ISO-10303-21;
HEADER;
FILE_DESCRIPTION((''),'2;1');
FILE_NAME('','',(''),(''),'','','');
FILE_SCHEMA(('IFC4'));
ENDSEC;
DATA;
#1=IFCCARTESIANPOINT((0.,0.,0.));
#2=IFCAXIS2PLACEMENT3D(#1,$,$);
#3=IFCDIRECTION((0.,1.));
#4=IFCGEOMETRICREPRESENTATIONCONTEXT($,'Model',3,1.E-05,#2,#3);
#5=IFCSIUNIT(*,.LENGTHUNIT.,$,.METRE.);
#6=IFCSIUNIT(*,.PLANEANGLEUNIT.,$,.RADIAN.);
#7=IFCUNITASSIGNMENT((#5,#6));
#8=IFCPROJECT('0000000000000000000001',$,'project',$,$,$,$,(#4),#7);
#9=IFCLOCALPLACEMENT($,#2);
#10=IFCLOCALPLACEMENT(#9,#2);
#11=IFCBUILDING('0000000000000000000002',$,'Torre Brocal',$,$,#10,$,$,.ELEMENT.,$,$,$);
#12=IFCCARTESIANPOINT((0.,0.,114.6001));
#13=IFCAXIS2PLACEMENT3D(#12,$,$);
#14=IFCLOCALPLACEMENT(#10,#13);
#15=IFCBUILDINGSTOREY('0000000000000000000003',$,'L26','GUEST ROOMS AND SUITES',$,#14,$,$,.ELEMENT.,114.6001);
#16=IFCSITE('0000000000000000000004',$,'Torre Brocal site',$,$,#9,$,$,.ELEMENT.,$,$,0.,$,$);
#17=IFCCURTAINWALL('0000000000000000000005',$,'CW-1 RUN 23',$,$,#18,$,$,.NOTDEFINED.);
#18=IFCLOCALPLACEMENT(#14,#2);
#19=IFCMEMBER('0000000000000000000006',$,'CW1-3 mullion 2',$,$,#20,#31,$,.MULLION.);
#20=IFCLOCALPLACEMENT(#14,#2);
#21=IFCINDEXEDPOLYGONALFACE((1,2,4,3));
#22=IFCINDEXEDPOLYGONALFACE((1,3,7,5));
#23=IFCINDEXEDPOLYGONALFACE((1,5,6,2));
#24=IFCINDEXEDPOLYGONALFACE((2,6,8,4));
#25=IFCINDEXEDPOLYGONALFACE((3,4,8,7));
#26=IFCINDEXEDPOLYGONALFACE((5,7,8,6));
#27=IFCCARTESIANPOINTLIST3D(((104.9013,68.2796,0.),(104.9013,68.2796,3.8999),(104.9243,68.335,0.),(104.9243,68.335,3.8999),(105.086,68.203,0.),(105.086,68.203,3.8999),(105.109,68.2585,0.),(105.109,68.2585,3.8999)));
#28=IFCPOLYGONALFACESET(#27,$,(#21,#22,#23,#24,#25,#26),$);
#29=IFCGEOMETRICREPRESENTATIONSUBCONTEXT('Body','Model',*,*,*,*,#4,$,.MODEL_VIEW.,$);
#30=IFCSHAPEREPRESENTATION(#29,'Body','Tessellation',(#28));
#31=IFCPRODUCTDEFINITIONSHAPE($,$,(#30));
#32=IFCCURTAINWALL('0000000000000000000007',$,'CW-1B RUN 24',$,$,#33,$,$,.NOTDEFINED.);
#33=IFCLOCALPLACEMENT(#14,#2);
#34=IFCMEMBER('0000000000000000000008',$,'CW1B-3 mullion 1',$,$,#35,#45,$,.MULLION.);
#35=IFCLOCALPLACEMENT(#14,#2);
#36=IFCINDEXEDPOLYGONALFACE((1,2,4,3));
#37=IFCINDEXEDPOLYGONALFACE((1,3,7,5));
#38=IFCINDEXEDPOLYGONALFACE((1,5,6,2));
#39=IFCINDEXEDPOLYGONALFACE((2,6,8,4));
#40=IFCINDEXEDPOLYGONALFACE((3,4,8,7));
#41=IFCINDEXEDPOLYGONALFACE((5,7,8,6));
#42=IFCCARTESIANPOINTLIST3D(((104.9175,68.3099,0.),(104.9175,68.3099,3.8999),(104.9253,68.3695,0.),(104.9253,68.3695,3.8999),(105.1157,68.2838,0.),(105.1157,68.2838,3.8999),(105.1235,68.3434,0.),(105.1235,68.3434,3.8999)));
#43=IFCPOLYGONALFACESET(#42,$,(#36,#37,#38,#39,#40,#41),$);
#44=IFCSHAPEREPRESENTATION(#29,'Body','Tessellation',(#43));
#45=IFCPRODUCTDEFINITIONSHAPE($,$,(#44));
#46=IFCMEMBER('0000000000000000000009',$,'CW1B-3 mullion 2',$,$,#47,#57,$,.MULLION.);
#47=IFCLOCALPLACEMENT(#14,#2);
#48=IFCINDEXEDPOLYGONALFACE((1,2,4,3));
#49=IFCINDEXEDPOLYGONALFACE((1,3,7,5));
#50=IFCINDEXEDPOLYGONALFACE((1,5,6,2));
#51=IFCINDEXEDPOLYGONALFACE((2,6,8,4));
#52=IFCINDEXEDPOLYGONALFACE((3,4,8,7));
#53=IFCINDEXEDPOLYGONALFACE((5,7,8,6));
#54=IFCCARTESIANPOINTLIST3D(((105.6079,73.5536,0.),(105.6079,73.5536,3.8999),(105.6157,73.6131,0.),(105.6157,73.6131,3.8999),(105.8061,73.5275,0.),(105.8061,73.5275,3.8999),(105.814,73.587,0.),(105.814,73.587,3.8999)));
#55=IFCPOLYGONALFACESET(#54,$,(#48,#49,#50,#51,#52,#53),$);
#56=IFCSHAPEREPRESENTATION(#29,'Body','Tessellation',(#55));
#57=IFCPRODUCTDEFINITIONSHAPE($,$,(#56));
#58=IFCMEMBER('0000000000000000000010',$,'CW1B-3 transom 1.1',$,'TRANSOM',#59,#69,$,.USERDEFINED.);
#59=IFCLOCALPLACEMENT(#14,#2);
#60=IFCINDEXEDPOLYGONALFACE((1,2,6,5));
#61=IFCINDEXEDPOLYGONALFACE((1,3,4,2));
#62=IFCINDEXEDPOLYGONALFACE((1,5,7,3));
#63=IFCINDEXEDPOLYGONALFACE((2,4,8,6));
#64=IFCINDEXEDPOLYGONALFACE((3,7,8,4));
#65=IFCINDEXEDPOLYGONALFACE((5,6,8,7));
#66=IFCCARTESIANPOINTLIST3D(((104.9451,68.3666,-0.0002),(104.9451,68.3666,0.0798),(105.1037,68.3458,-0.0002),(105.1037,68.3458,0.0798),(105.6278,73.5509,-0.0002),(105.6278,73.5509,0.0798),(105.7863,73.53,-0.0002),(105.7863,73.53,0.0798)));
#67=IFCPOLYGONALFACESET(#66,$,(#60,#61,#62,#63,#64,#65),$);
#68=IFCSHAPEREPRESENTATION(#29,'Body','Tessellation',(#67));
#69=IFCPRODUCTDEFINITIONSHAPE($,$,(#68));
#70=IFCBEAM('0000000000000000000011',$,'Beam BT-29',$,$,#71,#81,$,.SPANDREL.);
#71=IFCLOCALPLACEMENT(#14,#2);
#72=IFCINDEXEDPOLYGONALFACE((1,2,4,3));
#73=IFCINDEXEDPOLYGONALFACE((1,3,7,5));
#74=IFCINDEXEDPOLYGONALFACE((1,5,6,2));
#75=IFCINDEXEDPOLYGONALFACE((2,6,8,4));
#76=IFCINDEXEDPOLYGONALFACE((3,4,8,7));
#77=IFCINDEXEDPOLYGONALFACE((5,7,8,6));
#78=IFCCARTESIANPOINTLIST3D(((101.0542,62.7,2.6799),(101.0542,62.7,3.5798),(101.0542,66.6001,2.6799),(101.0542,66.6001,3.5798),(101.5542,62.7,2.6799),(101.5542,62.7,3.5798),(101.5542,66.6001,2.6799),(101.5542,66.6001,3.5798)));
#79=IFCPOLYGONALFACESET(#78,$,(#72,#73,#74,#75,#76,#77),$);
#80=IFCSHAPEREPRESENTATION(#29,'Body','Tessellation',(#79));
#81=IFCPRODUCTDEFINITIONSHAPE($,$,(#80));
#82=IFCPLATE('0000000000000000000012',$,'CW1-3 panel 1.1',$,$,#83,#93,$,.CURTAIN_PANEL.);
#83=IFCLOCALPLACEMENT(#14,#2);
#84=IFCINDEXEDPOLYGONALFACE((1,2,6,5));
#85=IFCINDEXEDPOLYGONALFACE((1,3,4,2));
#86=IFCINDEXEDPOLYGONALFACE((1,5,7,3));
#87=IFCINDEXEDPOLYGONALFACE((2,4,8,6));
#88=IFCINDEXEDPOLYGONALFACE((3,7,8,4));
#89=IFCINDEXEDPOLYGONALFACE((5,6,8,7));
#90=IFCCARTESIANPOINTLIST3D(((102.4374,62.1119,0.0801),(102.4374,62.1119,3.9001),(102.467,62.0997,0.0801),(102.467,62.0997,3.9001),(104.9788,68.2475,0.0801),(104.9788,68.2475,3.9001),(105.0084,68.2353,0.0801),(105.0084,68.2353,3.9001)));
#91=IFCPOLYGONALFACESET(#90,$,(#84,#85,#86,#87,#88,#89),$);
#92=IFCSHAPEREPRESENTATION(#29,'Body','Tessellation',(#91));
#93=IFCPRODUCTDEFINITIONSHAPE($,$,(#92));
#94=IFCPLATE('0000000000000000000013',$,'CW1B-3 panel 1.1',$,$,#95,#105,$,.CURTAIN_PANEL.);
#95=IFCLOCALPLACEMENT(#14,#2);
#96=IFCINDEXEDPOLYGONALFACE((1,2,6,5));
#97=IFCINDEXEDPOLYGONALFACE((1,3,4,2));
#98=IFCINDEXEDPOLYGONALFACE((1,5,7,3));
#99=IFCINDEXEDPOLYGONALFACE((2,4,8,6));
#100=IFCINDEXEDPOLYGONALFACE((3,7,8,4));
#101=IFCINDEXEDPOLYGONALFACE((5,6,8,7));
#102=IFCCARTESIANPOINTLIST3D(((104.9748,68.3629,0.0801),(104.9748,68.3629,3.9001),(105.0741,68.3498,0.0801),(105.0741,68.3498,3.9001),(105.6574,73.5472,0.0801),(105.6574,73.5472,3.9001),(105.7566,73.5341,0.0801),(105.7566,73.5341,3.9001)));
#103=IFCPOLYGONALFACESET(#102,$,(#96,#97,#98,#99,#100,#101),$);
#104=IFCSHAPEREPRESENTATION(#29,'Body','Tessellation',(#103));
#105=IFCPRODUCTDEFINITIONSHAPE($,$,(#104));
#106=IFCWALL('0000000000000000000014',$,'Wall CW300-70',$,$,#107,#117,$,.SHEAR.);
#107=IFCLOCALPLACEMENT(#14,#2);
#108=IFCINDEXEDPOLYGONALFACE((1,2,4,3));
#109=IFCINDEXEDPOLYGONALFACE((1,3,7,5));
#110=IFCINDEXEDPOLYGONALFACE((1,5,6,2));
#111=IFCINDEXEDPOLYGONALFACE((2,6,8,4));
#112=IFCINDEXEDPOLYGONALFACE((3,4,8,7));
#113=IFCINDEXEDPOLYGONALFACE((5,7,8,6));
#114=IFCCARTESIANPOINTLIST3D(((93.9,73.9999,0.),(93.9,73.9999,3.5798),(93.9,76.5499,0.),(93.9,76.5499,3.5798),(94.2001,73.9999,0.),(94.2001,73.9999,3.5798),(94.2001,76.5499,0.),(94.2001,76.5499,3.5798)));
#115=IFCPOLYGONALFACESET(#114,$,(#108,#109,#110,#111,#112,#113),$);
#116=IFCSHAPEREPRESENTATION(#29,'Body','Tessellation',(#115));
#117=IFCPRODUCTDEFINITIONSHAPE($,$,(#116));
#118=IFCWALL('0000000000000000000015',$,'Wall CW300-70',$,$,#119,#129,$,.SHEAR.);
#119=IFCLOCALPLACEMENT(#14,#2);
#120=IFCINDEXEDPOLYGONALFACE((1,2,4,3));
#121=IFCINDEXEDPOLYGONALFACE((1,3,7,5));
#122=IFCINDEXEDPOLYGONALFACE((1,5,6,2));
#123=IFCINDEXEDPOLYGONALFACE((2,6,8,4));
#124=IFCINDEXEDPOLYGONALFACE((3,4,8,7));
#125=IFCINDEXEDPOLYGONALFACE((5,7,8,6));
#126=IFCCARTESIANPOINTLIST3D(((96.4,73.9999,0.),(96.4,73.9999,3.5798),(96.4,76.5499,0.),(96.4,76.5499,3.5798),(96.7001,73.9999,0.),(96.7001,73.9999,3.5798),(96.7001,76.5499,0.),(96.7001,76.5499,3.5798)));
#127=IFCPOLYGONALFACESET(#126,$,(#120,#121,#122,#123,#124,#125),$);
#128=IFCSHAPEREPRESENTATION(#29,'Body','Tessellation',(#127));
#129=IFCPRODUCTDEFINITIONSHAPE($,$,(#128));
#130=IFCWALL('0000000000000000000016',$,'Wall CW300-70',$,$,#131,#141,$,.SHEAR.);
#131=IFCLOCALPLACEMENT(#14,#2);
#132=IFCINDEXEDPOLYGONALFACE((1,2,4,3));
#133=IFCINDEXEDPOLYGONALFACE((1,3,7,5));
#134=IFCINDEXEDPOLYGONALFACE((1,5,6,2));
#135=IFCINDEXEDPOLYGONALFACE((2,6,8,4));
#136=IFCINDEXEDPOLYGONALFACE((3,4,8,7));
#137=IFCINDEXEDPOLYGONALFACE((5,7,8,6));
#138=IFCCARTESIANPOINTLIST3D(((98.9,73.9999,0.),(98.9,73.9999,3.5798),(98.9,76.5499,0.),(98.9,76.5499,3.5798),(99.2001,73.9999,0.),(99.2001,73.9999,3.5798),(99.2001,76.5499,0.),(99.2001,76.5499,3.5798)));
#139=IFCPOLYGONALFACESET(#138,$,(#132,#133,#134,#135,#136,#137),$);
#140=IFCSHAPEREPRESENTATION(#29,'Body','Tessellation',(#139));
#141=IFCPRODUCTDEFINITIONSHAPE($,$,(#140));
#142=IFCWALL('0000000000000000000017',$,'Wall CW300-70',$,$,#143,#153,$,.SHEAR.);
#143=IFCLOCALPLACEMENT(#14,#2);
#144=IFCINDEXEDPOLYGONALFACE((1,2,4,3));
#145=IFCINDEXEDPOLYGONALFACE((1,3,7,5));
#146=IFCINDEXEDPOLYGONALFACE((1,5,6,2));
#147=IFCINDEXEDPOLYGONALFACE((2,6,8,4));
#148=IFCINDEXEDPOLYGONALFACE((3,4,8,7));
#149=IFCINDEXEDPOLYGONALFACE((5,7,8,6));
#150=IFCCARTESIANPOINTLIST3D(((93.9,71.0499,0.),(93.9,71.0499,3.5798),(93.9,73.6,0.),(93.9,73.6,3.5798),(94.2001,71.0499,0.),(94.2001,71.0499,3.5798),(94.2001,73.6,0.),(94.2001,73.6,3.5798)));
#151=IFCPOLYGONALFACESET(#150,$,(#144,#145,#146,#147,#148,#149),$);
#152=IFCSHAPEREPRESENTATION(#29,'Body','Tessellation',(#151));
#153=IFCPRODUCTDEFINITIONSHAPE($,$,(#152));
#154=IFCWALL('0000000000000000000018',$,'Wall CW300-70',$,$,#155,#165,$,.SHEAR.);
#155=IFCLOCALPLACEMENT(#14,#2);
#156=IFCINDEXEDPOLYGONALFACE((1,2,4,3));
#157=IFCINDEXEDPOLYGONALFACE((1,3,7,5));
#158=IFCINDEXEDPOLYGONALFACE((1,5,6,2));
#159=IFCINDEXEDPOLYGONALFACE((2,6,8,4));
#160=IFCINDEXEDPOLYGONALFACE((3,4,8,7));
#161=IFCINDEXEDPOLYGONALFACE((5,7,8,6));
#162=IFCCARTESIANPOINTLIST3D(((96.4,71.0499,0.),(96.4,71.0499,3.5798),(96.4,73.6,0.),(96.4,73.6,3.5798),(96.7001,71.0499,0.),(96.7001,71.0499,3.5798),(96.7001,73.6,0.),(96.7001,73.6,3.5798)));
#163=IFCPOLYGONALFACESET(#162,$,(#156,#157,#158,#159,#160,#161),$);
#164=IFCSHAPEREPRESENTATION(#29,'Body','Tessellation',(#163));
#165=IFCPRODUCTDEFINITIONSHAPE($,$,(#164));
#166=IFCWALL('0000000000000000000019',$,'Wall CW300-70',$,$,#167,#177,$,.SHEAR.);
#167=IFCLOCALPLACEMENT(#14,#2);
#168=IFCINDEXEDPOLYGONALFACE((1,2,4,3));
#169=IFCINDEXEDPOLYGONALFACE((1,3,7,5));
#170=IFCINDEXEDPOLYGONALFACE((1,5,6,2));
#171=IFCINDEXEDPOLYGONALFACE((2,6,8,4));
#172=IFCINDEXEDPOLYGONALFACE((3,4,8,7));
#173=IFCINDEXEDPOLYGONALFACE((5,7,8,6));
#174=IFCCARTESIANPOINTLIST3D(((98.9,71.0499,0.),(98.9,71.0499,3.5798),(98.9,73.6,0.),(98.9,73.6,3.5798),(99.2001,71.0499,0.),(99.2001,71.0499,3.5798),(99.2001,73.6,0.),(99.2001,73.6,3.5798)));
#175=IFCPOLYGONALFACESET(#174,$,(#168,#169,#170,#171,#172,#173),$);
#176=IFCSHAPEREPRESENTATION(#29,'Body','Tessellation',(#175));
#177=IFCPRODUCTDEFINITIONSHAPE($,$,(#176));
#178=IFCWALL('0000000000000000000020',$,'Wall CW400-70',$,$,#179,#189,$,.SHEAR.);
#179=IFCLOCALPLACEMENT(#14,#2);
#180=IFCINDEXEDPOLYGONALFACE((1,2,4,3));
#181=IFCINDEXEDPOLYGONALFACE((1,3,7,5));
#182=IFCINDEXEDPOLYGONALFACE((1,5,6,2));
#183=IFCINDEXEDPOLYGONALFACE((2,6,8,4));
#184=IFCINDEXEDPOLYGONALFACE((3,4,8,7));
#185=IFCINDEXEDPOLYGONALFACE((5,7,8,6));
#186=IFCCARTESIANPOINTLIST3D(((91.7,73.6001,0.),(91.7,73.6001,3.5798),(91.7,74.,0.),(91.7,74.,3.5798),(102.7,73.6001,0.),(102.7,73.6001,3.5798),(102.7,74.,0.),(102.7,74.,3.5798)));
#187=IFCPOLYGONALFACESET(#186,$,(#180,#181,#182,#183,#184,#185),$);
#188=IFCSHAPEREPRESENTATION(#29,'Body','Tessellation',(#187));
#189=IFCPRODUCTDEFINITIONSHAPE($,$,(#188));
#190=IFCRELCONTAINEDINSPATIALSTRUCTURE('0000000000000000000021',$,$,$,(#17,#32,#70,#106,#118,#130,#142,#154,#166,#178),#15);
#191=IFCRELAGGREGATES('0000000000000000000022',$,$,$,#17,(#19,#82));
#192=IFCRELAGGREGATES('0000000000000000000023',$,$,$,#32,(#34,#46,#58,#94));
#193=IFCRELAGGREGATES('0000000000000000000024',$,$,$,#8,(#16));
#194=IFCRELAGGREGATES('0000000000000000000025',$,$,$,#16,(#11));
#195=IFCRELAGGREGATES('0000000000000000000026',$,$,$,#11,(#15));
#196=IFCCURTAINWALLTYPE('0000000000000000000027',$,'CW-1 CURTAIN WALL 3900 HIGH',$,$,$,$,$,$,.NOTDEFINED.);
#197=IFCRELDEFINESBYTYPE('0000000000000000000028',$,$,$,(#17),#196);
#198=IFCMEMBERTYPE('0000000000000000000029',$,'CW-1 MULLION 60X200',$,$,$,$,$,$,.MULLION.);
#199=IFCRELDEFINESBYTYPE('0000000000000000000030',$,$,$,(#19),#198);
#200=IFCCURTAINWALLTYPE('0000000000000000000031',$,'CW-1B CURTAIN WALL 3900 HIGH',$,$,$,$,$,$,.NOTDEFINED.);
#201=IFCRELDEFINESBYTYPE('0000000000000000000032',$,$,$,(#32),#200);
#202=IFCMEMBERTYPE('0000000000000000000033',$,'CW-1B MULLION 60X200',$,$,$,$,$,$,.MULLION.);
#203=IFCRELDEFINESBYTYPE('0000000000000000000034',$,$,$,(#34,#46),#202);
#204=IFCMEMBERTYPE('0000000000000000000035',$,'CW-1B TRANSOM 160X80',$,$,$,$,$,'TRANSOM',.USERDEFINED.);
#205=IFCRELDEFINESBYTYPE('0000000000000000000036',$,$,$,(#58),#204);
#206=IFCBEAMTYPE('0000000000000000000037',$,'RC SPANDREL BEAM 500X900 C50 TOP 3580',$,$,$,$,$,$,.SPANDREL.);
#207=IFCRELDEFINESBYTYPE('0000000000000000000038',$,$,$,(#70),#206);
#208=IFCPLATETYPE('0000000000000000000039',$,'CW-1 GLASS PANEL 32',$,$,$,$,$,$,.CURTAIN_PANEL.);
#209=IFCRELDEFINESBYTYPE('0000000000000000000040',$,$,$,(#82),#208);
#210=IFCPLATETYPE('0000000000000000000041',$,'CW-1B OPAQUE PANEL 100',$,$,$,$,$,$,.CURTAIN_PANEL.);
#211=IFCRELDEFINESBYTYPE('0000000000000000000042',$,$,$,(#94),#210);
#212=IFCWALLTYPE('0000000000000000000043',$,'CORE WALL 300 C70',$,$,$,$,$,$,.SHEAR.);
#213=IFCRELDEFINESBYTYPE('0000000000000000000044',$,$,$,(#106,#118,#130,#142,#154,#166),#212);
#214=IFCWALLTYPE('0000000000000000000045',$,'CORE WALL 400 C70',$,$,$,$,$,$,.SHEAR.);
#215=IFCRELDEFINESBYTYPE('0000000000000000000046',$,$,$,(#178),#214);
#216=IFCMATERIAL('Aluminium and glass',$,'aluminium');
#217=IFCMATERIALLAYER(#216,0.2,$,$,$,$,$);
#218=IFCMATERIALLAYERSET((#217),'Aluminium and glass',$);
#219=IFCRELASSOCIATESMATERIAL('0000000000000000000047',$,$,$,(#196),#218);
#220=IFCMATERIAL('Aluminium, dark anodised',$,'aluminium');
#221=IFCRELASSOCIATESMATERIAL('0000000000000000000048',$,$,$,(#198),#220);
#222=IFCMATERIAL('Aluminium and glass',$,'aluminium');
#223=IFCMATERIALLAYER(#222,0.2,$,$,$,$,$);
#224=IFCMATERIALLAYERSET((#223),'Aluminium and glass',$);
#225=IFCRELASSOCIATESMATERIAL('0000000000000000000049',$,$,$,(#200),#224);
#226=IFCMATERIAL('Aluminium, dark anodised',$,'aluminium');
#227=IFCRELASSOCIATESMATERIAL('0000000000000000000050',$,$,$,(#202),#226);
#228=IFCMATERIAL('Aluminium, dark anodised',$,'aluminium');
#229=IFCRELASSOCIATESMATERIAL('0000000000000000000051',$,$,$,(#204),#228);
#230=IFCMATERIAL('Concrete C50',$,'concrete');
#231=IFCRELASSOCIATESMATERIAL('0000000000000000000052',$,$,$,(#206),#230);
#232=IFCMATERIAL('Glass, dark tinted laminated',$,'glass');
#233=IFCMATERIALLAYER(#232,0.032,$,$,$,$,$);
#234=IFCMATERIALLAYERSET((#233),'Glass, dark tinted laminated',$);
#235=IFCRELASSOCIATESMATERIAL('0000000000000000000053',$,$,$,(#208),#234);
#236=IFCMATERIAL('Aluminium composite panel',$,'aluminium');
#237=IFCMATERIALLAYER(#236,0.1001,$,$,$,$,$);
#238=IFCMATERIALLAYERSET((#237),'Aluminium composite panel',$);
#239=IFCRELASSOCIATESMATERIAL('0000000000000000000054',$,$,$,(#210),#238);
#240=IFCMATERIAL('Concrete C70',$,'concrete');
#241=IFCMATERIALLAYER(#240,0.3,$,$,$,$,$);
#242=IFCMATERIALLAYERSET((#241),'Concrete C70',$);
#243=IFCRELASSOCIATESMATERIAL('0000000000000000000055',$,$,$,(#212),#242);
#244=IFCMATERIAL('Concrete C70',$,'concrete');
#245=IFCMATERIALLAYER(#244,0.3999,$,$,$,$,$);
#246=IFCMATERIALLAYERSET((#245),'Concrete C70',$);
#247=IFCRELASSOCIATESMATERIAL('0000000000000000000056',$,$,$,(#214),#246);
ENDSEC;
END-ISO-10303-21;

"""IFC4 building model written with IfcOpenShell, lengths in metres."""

from ifc_helpers import new_model, si_unit, direction, frame, frame_2d, origin, origin_2d, place, context, subcontext, project, spatial, rectangle, extrude, material, layer, layer_set, material_profile, profile_set, type_object, element, aggregate, save


model = new_model("IFC4")

# Units and contexts
model_context = context("Model", 3, precision=1e-05, world=origin(), true_north=direction((0.0, 1.0)))
body_context = subcontext(model_context, "Body", "Model", "MODEL_VIEW")
ifc_project = project(units=[si_unit("LENGTHUNIT", "METRE"), si_unit("PLANEANGLEUNIT", "RADIAN")], contexts=[model_context])

# Site, building, storey
site_placement = place(None, origin())
site = spatial("IfcSite", under=ifc_project, at=site_placement, Name="Torre Brocal site", CompositionType="ELEMENT", RefElevation=0.0)
building_placement = place(site_placement, origin())
building = spatial("IfcBuilding", under=site, at=building_placement, Name="Torre Brocal", CompositionType="ELEMENT")
storey_placement = place(building_placement, frame((0.0, 0.0, 114.6001)))
storey = spatial("IfcBuildingStorey", under=building, at=storey_placement, Name="L26", Description="GUEST ROOMS AND SUITES", CompositionType="ELEMENT", Elevation=114.6001)

# Curtain wall, member
ifc_material_1 = material(Name="Aluminium and glass", Category="aluminium")
ifc_layer_1 = layer(ifc_material_1, 0.2)
ifc_layer_set_1 = layer_set([ifc_layer_1], Name="Aluminium and glass")
curtain_wall_type_1 = type_object("IfcCurtainWallType", Name="CW-1 CURTAIN WALL 3900 HIGH", PredefinedType="NOTDEFINED", material=ifc_layer_set_1)
curtain_wall_1_placement = place(storey_placement, origin())
curtain_wall_1 = element("IfcCurtainWall", 1, at=curtain_wall_1_placement, inside=storey, type_object=curtain_wall_type_1, Name="CW-1 RUN 23", PredefinedType="NOTDEFINED")
ifc_material_2 = material(Name="Aluminium, dark anodised", Category="aluminium")
ifc_material_profile_1 = material_profile(ifc_material_2, rectangle(XDim=0.2, YDim=0.0601, at=origin_2d()), Name="CW-1 MULLION 60X200")
ifc_profile_set_1 = profile_set([ifc_material_profile_1], Name="Aluminium, dark anodised")
member_type_1 = type_object("IfcMemberType", Name="CW-1 MULLION 60X200", PredefinedType="MULLION", material=ifc_profile_set_1)
member_1_placement = place(storey_placement, frame((105.0051, 68.269, 0.0), z_axis=(0.0, 0.0, 1.0), x_axis=(-0.92388, 0.382683, 0.0)))
member_1 = element("IfcMember", 2, at=member_1_placement, type_object=member_type_1, Name="CW1-3 mullion 2", PredefinedType="MULLION", context=body_context, shape_type="SweptSolid", body=[
    extrude(rectangle(XDim=0.2, YDim=0.0601, at=origin_2d()), origin(), (0.0, 0.0, 1.0), 3.8999),
])

# Curtain wall, members
ifc_material_3 = material(Name="Aluminium and glass", Category="aluminium")
ifc_layer_2 = layer(ifc_material_3, 0.2)
ifc_layer_set_2 = layer_set([ifc_layer_2], Name="Aluminium and glass")
curtain_wall_type_2 = type_object("IfcCurtainWallType", Name="CW-1B CURTAIN WALL 3900 HIGH", PredefinedType="NOTDEFINED", material=ifc_layer_set_2)
curtain_wall_2_placement = place(storey_placement, origin())
curtain_wall_2 = element("IfcCurtainWall", 3, at=curtain_wall_2_placement, inside=storey, type_object=curtain_wall_type_2, Name="CW-1B RUN 24", PredefinedType="NOTDEFINED")
ifc_material_4 = material(Name="Aluminium, dark anodised", Category="aluminium")
ifc_material_profile_2 = material_profile(ifc_material_4, rectangle(XDim=0.2, YDim=0.0601, at=origin_2d()), Name="CW-1B MULLION 60X200")
ifc_profile_set_2 = profile_set([ifc_material_profile_2], Name="Aluminium, dark anodised")
member_type_2 = type_object("IfcMemberType", Name="CW-1B MULLION 60X200", PredefinedType="MULLION", material=ifc_profile_set_2)
member_2_placement = place(storey_placement, frame((105.0205, 68.3267, 0.0), z_axis=(0.0, 0.0, 1.0), x_axis=(-0.991445, 0.130526, 0.0)))
member_2 = element("IfcMember", 4, at=member_2_placement, type_object=member_type_2, Name="CW1B-3 mullion 1", PredefinedType="MULLION", context=body_context, shape_type="SweptSolid", body=[
    extrude(rectangle(XDim=0.2, YDim=0.0601, at=origin_2d()), origin(), (0.0, 0.0, 1.0), 3.8999),
])
member_3_placement = place(storey_placement, frame((105.7109, 73.5703, 0.0), z_axis=(0.0, 0.0, 1.0), x_axis=(-0.991445, 0.130526, 0.0)))
member_3 = element("IfcMember", 5, at=member_3_placement, type_object=member_type_2, Name="CW1B-3 mullion 2", PredefinedType="MULLION", context=body_context, shape_type="SweptSolid", body=[
    extrude(rectangle(XDim=0.2, YDim=0.0601, at=origin_2d()), origin(), (0.0, 0.0, 1.0), 3.8999),
])
ifc_material_5 = material(Name="Aluminium, dark anodised", Category="aluminium")
ifc_material_profile_3 = material_profile(ifc_material_5, rectangle(XDim=0.1599, YDim=0.0801, at=origin_2d()), Name="CW-1B TRANSOM 160X80")
ifc_profile_set_3 = profile_set([ifc_material_profile_3], Name="Aluminium, dark anodised")
member_type_3 = type_object("IfcMemberType", Name="CW-1B TRANSOM 160X80", ElementType="TRANSOM", PredefinedType="USERDEFINED", material=ifc_profile_set_3)
member_4_placement = place(storey_placement, frame((105.0244, 68.3562, 0.0398), z_axis=(0.130543, 0.991443, 0.0), x_axis=(-0.991443, 0.130543, 0.0)))
member_4 = element("IfcMember", 6, at=member_4_placement, type_object=member_type_3, Name="CW1B-3 transom 1.1", ObjectType="TRANSOM", PredefinedType="USERDEFINED", context=body_context, shape_type="SweptSolid", body=[
    extrude(rectangle(XDim=0.1599, YDim=0.0801, at=origin_2d()), origin(), (0.0, 0.0, 1.0), 5.229),
])

# Beam
ifc_material_6 = material(Name="Concrete C50", Category="concrete")
ifc_material_profile_4 = material_profile(ifc_material_6, rectangle(XDim=0.5, YDim=0.8999, at=origin_2d()), Name="RC 500X900")
ifc_profile_set_4 = profile_set([ifc_material_profile_4], Name="Concrete C50")
beam_type = type_object("IfcBeamType", Name="RC SPANDREL BEAM 500X900 C50 TOP 3580", PredefinedType="SPANDREL", material=ifc_profile_set_4)
beam_placement = place(storey_placement, frame((101.3042, 62.7, 3.1299), z_axis=(0.0, 1.0, 0.0), x_axis=(-1.0, 0.0, 0.0)))
element("IfcBeam", 7, at=beam_placement, inside=storey, type_object=beam_type, Name="Beam BT-29", PredefinedType="SPANDREL", context=body_context, shape_type="SweptSolid", body=[
    extrude(rectangle(XDim=0.5, YDim=0.8999, at=origin_2d()), origin(), (0.0, 0.0, 1.0), 3.9001),
])

# Plates
ifc_material_7 = material(Name="Glass, dark tinted laminated", Category="glass")
ifc_layer_3 = layer(ifc_material_7, 0.032)
ifc_layer_set_3 = layer_set([ifc_layer_3], Name="Glass, dark tinted laminated")
plate_type_1 = type_object("IfcPlateType", Name="CW-1 GLASS PANEL 32", PredefinedType="CURTAIN_PANEL", material=ifc_layer_set_3)
plate_1_placement = place(storey_placement, frame((103.7229, 65.1736, 0.0801), z_axis=(0.0, 0.0, 1.0), x_axis=(0.382683, 0.92388, 0.0)))
plate_1 = element("IfcPlate", 8, at=plate_1_placement, type_object=plate_type_1, Name="CW1-3 panel 1.1", PredefinedType="CURTAIN_PANEL", context=body_context, shape_type="SweptSolid", body=[
    extrude(rectangle(XDim=6.6411, YDim=0.032, at=origin_2d()), origin(), (0.0, 0.0, 1.0), 3.8201),
])
aggregate(curtain_wall_1, [member_1, plate_1])
ifc_material_8 = material(Name="Aluminium composite panel", Category="aluminium")
ifc_layer_4 = layer(ifc_material_8, 0.1001)
ifc_layer_set_4 = layer_set([ifc_layer_4], Name="Aluminium composite panel")
plate_type_2 = type_object("IfcPlateType", Name="CW-1B OPAQUE PANEL 100", PredefinedType="CURTAIN_PANEL", material=ifc_layer_set_4)
plate_2_placement = place(storey_placement, frame((105.3657, 70.9485, 0.0801), z_axis=(0.0, 0.0, 1.0), x_axis=(0.130526, 0.991445, 0.0)))
plate_2 = element("IfcPlate", 9, at=plate_2_placement, type_object=plate_type_2, Name="CW1B-3 panel 1.1", PredefinedType="CURTAIN_PANEL", context=body_context, shape_type="SweptSolid", body=[
    extrude(rectangle(XDim=5.229, YDim=0.1001, at=origin_2d()), origin(), (0.0, 0.0, 1.0), 3.8201),
])
aggregate(curtain_wall_2, [member_2, member_3, member_4, plate_2])

# Walls
ifc_material_9 = material(Name="Concrete C70", Category="concrete")
ifc_layer_5 = layer(ifc_material_9, 0.3)
ifc_layer_set_5 = layer_set([ifc_layer_5], Name="Concrete C70")
wall_type_1 = type_object("IfcWallType", Name="CORE WALL 300 C70", PredefinedType="SHEAR", material=ifc_layer_set_5)
for number, where, z_axis, x_axis, name in (
    (10, (94.05, 74.0, 0.0), (0.0, 0.0, 1.0), (0.0, 1.0, 0.0), "Wall CW300-70"),
    (11, (96.55, 74.0, 0.0), (0.0, 0.0, 1.0), (0.0, 1.0, 0.0), "Wall CW300-70"),
    (12, (99.05, 74.0, 0.0), (0.0, 0.0, 1.0), (0.0, 1.0, 0.0), "Wall CW300-70"),
    (13, (94.05, 71.05, 0.0), (0.0, 0.0, 1.0), (0.0, 1.0, 0.0), "Wall CW300-70"),
    (14, (96.55, 71.05, 0.0), (0.0, 0.0, 1.0), (0.0, 1.0, 0.0), "Wall CW300-70"),
    (15, (99.05, 71.05, 0.0), (0.0, 0.0, 1.0), (0.0, 1.0, 0.0), "Wall CW300-70"),
):
    element("IfcWall", number, at=place(storey_placement, frame(where, z_axis=z_axis, x_axis=x_axis)), inside=storey, type_object=wall_type_1, Name=name, PredefinedType="SHEAR", context=body_context, shape_type="SweptSolid", body=[
        extrude(rectangle(XDim=2.55, YDim=0.3, at=frame_2d((1.2749, 0.0))), origin(), (0.0, 0.0, 1.0), 3.5798),
    ])
ifc_material_10 = material(Name="Concrete C70", Category="concrete")
ifc_layer_6 = layer(ifc_material_10, 0.3999)
ifc_layer_set_6 = layer_set([ifc_layer_6], Name="Concrete C70")
wall_type_2 = type_object("IfcWallType", Name="CORE WALL 400 C70", PredefinedType="SHEAR", material=ifc_layer_set_6)
wall_1_placement = place(storey_placement, frame((91.7, 73.8, 0.0), z_axis=(0.0, 0.0, 1.0), x_axis=(1.0, 0.0, 0.0)))
element("IfcWall", 16, at=wall_1_placement, inside=storey, type_object=wall_type_2, Name="Wall CW400-70", PredefinedType="SHEAR", context=body_context, shape_type="SweptSolid", body=[
    extrude(rectangle(XDim=11.0, YDim=0.3999, at=frame_2d((5.5, 0.0))), origin(), (0.0, 0.0, 1.0), 3.5798),
])

save(model, "model.ifc")
